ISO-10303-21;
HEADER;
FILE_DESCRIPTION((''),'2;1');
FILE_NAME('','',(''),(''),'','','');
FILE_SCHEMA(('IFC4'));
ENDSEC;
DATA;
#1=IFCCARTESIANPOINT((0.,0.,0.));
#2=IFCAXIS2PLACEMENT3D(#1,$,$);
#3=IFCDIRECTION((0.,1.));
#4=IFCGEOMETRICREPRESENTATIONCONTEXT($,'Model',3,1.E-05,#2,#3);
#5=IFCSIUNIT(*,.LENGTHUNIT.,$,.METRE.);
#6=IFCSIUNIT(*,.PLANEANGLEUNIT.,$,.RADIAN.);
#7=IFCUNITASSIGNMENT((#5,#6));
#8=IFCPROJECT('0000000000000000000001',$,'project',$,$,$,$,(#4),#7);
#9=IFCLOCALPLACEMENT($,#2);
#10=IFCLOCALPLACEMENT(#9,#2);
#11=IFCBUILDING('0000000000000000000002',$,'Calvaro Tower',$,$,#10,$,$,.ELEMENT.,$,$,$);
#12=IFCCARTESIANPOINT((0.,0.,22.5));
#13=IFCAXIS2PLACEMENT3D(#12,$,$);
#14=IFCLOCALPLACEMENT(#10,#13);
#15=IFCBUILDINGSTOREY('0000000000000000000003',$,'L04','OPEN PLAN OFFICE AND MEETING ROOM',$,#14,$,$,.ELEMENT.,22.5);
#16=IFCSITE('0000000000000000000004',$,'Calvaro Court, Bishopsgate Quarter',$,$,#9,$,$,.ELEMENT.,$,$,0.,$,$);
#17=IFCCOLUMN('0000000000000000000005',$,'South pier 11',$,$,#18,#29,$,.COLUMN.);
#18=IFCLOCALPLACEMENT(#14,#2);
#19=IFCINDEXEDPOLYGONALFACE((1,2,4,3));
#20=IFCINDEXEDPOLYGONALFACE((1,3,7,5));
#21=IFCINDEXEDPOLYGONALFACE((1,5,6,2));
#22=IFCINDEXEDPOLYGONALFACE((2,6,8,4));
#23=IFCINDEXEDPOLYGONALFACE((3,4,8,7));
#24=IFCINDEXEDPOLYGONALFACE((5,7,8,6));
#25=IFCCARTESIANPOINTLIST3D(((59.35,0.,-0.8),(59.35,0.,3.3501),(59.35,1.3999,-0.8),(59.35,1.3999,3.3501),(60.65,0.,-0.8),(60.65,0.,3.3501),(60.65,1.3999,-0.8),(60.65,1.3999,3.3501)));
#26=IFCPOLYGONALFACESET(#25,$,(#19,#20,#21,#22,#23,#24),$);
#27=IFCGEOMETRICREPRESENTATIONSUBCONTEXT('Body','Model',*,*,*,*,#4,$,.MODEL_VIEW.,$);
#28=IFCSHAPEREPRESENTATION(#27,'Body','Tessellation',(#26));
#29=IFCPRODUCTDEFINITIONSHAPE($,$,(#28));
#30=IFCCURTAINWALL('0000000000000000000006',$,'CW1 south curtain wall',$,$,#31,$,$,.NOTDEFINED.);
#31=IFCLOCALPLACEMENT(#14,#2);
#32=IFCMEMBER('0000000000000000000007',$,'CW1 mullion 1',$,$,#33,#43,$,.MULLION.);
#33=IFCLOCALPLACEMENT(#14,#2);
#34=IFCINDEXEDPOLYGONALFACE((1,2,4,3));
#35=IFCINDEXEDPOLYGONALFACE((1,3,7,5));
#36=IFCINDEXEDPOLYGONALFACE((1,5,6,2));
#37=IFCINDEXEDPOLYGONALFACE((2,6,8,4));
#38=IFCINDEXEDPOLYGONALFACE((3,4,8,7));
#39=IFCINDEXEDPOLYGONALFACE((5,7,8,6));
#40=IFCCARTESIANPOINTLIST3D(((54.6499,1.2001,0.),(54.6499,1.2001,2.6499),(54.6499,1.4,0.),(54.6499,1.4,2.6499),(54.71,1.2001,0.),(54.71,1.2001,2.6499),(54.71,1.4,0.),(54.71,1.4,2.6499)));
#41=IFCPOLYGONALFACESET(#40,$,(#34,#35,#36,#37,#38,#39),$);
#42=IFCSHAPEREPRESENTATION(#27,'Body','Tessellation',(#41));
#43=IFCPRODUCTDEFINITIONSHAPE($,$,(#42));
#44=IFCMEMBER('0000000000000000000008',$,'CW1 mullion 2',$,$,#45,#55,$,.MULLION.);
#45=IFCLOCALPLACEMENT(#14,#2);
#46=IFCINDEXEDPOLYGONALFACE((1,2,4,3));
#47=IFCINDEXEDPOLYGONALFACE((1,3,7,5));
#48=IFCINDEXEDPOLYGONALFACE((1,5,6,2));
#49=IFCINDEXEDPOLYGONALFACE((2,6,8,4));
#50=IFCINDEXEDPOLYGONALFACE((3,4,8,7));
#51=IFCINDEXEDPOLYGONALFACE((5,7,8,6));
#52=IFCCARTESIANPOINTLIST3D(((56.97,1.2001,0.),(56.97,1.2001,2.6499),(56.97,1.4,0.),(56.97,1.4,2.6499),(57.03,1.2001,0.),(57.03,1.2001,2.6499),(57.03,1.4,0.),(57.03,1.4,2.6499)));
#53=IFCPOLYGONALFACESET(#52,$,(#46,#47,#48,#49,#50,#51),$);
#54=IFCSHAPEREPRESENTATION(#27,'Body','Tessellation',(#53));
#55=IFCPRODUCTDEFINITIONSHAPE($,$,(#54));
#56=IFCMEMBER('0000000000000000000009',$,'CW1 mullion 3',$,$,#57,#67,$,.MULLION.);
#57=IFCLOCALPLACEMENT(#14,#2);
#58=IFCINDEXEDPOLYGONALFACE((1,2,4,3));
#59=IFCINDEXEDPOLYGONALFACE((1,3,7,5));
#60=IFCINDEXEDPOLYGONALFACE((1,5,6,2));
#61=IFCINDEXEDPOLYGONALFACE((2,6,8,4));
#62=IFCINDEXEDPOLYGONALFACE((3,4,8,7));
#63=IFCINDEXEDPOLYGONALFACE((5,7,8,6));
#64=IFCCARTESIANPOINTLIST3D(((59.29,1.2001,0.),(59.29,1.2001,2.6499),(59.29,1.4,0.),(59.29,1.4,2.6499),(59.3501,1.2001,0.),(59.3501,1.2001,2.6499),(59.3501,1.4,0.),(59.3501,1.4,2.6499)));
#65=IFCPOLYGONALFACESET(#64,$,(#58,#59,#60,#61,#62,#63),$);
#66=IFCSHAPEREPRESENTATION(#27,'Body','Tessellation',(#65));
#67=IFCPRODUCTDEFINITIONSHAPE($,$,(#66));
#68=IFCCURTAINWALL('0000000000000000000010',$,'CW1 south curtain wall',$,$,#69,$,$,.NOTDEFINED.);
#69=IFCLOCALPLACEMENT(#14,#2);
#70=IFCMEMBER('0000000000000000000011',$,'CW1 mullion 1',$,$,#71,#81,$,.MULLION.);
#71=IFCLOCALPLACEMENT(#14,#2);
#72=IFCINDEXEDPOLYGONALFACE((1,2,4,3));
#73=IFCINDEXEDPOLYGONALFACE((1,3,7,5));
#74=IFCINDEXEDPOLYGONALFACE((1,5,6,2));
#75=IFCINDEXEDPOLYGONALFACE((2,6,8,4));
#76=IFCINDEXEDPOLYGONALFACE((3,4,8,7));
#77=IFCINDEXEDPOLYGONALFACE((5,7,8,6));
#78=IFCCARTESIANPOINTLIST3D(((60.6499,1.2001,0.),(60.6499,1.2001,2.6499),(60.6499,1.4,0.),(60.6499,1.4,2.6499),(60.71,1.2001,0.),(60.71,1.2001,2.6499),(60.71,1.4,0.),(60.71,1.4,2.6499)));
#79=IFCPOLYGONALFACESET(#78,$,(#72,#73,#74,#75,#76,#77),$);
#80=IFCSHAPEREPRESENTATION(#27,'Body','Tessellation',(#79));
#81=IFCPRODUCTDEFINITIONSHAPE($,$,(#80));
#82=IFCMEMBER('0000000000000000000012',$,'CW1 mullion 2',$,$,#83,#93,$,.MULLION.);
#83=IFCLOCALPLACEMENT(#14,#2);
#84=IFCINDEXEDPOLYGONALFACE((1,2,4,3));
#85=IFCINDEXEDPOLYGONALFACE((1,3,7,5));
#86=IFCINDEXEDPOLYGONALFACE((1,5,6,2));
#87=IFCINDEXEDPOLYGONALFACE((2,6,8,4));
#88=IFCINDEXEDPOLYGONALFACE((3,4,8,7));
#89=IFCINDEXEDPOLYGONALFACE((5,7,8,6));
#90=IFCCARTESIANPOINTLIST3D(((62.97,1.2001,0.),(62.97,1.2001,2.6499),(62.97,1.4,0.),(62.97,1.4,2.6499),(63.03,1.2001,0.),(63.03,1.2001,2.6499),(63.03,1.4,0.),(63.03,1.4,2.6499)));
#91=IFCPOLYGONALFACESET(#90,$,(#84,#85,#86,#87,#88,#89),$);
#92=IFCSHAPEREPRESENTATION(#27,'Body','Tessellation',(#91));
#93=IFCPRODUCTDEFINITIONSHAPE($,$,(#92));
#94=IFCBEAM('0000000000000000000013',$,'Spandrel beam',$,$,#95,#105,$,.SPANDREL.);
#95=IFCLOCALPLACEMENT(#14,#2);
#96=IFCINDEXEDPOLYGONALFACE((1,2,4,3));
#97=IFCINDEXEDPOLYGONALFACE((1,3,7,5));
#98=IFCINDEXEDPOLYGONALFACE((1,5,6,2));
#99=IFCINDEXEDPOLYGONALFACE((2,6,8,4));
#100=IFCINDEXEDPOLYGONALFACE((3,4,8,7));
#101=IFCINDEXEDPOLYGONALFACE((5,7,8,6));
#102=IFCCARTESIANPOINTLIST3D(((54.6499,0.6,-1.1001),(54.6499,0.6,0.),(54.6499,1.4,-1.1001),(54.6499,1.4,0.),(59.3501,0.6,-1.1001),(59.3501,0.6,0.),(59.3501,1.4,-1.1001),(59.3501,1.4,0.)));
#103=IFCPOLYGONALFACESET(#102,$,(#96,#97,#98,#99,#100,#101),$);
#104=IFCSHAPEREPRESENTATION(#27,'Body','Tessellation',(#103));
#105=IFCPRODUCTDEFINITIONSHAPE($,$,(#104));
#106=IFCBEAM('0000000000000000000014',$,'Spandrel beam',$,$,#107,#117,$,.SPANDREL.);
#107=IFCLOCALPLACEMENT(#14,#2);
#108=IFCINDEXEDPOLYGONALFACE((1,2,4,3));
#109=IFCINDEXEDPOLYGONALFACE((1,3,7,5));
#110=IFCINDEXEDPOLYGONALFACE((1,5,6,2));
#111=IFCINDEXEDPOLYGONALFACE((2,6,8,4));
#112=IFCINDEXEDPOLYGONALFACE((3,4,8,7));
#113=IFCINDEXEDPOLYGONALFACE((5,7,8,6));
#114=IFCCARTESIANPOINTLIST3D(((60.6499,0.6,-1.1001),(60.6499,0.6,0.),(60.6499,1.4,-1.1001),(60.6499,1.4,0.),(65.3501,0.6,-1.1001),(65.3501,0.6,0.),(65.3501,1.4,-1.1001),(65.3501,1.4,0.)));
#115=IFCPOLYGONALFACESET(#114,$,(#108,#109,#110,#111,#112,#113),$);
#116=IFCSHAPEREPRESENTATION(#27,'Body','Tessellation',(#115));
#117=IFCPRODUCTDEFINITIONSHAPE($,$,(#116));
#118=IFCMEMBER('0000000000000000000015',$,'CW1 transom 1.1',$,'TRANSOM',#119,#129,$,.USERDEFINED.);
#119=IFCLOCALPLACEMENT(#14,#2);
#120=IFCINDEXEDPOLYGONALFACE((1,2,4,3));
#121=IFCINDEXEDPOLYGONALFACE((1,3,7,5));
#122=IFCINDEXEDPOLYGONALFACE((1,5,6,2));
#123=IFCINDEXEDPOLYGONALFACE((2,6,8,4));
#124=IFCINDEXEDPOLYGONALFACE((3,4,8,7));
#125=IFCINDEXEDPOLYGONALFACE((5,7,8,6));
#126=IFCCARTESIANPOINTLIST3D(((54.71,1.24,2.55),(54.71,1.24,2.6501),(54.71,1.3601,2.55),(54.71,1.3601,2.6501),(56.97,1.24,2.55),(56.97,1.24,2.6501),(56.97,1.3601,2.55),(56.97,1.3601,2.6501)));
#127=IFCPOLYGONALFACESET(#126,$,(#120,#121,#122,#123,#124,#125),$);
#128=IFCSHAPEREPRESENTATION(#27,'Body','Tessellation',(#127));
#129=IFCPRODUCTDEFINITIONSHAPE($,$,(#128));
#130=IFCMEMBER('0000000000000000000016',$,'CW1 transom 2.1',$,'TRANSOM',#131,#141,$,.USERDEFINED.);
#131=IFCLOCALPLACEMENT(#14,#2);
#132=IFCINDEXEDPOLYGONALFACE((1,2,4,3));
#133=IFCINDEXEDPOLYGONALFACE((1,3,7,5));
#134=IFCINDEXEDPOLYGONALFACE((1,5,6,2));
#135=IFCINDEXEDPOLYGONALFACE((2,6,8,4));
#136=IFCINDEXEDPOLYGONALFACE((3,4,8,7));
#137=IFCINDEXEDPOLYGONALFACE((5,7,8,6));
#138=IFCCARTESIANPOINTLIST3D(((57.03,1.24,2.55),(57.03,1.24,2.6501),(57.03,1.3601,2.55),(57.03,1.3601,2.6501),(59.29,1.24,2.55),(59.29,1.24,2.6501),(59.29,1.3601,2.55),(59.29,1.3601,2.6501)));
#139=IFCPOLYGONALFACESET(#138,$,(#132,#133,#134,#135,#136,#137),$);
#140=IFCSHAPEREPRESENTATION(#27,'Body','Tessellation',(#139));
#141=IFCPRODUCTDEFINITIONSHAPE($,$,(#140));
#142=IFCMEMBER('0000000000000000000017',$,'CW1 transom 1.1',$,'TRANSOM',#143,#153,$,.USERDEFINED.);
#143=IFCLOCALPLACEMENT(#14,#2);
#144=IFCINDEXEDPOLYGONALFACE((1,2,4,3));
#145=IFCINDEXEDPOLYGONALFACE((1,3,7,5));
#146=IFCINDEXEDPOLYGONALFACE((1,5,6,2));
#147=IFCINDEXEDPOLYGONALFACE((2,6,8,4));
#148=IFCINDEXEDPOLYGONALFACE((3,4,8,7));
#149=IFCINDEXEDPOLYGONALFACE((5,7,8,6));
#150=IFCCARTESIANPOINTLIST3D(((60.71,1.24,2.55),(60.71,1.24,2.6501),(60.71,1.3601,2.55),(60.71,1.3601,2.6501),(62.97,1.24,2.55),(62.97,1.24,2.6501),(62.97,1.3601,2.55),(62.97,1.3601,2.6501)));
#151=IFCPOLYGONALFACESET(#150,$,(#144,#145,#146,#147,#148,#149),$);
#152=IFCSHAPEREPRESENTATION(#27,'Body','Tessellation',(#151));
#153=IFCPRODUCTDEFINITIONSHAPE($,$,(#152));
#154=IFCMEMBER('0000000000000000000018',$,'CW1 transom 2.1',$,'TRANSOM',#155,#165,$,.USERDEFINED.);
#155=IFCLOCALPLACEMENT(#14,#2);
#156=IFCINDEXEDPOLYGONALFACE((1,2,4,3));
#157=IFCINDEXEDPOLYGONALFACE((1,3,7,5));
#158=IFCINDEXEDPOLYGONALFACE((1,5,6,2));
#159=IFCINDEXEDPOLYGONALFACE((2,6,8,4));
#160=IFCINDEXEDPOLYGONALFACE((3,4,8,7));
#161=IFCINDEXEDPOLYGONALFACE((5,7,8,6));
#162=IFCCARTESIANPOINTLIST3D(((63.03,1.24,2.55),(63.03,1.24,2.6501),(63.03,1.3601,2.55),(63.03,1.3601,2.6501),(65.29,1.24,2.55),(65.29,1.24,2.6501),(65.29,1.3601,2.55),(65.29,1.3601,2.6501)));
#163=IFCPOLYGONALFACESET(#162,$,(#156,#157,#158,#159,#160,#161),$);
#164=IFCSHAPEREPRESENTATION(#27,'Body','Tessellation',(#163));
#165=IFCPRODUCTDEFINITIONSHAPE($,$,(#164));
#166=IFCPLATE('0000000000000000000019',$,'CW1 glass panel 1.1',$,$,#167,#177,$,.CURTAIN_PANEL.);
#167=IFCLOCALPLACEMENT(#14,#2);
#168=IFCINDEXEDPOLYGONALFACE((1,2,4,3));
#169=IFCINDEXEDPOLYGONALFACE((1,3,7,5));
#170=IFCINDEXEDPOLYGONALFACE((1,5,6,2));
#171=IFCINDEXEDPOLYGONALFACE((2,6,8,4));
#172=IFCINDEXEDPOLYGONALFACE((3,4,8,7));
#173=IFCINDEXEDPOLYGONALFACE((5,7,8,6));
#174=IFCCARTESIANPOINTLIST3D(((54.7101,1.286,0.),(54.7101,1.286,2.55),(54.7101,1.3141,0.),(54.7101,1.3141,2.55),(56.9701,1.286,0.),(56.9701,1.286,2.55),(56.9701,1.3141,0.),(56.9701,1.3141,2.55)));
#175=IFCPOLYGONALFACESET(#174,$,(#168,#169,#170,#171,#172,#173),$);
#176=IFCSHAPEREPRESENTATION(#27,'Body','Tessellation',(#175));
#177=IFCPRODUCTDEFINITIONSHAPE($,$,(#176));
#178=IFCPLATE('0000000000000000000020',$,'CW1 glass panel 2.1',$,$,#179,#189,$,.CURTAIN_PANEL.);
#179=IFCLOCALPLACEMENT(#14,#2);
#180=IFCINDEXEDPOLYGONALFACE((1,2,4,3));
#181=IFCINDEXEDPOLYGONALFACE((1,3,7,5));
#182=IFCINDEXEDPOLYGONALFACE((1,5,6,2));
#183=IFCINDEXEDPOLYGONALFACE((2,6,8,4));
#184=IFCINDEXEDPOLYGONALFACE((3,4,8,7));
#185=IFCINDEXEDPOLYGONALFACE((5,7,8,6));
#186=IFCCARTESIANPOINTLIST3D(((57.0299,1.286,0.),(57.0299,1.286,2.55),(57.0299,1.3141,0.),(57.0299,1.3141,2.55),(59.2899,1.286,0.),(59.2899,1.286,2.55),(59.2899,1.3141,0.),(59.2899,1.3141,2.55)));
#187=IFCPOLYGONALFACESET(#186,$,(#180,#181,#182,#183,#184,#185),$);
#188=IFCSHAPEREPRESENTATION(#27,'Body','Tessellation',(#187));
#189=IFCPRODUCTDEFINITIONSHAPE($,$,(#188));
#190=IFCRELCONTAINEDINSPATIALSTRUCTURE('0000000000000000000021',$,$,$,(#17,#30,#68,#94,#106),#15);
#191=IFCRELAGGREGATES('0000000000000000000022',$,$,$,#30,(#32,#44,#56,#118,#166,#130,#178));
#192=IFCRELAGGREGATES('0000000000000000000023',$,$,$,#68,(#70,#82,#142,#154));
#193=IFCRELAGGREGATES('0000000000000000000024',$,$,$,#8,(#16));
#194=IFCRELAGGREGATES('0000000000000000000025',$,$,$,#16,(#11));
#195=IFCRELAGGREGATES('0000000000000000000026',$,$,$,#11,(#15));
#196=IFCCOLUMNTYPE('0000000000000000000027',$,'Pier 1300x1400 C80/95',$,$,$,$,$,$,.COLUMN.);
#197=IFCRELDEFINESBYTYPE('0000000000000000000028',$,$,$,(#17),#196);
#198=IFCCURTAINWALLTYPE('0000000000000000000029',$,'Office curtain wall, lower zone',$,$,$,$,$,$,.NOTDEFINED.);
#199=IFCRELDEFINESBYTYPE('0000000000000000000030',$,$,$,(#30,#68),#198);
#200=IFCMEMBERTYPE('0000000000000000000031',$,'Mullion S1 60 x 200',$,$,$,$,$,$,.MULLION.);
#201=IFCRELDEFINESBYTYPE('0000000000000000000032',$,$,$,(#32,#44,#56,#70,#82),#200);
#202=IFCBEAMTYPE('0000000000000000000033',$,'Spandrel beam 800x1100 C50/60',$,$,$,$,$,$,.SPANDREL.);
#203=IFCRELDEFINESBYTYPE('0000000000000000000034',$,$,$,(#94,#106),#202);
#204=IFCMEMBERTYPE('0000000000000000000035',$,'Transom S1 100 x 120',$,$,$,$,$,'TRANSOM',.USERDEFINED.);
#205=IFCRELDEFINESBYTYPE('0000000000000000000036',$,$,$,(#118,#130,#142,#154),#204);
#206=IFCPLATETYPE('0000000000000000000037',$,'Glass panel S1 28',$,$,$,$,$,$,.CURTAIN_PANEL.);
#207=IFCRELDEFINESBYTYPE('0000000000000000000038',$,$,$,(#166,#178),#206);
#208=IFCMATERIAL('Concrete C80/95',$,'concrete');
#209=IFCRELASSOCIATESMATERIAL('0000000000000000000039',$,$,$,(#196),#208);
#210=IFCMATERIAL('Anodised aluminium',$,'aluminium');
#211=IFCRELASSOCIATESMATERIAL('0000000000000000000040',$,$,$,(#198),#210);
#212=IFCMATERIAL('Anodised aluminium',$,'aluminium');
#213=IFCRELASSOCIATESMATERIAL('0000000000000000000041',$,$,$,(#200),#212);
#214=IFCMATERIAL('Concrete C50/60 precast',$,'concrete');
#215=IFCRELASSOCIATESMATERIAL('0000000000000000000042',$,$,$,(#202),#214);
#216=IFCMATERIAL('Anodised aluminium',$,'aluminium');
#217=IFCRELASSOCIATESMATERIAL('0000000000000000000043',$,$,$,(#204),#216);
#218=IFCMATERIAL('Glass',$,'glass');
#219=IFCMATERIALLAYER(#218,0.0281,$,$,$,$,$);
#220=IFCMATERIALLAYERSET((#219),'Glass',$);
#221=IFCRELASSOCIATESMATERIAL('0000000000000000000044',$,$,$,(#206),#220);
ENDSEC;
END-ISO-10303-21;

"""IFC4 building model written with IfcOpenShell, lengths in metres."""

from ifc_helpers import new_model, si_unit, direction, frame, origin, origin_2d, place, context, subcontext, project, spatial, rectangle, extrude, material, layer, layer_set, material_profile, profile_set, type_object, element, aggregate, save


model = new_model("IFC4")

# Units and contexts
model_context = context("Model", 3, precision=1e-05, world=origin(), true_north=direction((0.0, 1.0)))
body_context = subcontext(model_context, "Body", "Model", "MODEL_VIEW")
ifc_project = project(units=[si_unit("LENGTHUNIT", "METRE"), si_unit("PLANEANGLEUNIT", "RADIAN")], contexts=[model_context])

# Site, building, storey
site_placement = place(None, origin())
site = spatial("IfcSite", under=ifc_project, at=site_placement, Name="Calvaro Court, Bishopsgate Quarter", CompositionType="ELEMENT", RefElevation=0.0)
building_placement = place(site_placement, origin())
building = spatial("IfcBuilding", under=site, at=building_placement, Name="Calvaro Tower", CompositionType="ELEMENT")
storey_placement = place(building_placement, frame((0.0, 0.0, 22.5)))
storey = spatial("IfcBuildingStorey", under=building, at=storey_placement, Name="L04", Description="OPEN PLAN OFFICE AND MEETING ROOM", CompositionType="ELEMENT", Elevation=22.5)

# Column
ifc_material_1 = material(Name="Concrete C80/95", Category="concrete")
ifc_material_profile_1 = material_profile(ifc_material_1, rectangle(XDim=1.3, YDim=1.3999, at=origin_2d()), Name="RC 1300x1400")
ifc_profile_set_1 = profile_set([ifc_material_profile_1], Name="Concrete C80/95")
column_type = type_object("IfcColumnType", Name="Pier 1300x1400 C80/95", PredefinedType="COLUMN", material=ifc_profile_set_1)
column_placement = place(storey_placement, frame((60.0, 0.7, -0.8), z_axis=(0.0, 0.0, 1.0), x_axis=(1.0, 0.0, 0.0)))
element("IfcColumn", 1, at=column_placement, inside=storey, type_object=column_type, Name="South pier 11", PredefinedType="COLUMN", context=body_context, shape_type="SweptSolid", body=[
    extrude(rectangle(XDim=1.3, YDim=1.3999, at=origin_2d()), origin(), (0.0, 0.0, 1.0), 4.1501),
])

# Curtain walls, members
ifc_material_2 = material(Name="Anodised aluminium", Category="aluminium")
curtain_wall_type = type_object("IfcCurtainWallType", Name="Office curtain wall, lower zone", PredefinedType="NOTDEFINED", material=ifc_material_2)
curtain_wall_1_placement = place(storey_placement, origin())
curtain_wall_1 = element("IfcCurtainWall", 2, at=curtain_wall_1_placement, inside=storey, type_object=curtain_wall_type, Name="CW1 south curtain wall", PredefinedType="NOTDEFINED")
ifc_material_3 = material(Name="Anodised aluminium", Category="aluminium")
ifc_material_profile_2 = material_profile(ifc_material_3, rectangle(XDim=0.2, YDim=0.0601, at=origin_2d()), Name="Mullion S1 60 x 200")
ifc_profile_set_2 = profile_set([ifc_material_profile_2], Name="Anodised aluminium")
member_type_1 = type_object("IfcMemberType", Name="Mullion S1 60 x 200", PredefinedType="MULLION", material=ifc_profile_set_2)
member_1_placement = place(storey_placement, frame((54.6799, 1.3, 0.0), z_axis=(0.0, 0.0, 1.0), x_axis=(0.0, 1.0, 0.0)))
member_1 = element("IfcMember", 3, at=member_1_placement, type_object=member_type_1, Name="CW1 mullion 1", PredefinedType="MULLION", context=body_context, shape_type="SweptSolid", body=[
    extrude(rectangle(XDim=0.2, YDim=0.0601, at=origin_2d()), origin(), (0.0, 0.0, 1.0), 2.6499),
])
member_2_placement = place(storey_placement, frame((57.0, 1.3, 0.0), z_axis=(0.0, 0.0, 1.0), x_axis=(0.0, 1.0, 0.0)))
member_2 = element("IfcMember", 4, at=member_2_placement, type_object=member_type_1, Name="CW1 mullion 2", PredefinedType="MULLION", context=body_context, shape_type="SweptSolid", body=[
    extrude(rectangle(XDim=0.2, YDim=0.0601, at=origin_2d()), origin(), (0.0, 0.0, 1.0), 2.6499),
])
member_3_placement = place(storey_placement, frame((59.3201, 1.3, 0.0), z_axis=(0.0, 0.0, 1.0), x_axis=(0.0, 1.0, 0.0)))
member_3 = element("IfcMember", 5, at=member_3_placement, type_object=member_type_1, Name="CW1 mullion 3", PredefinedType="MULLION", context=body_context, shape_type="SweptSolid", body=[
    extrude(rectangle(XDim=0.2, YDim=0.0601, at=origin_2d()), origin(), (0.0, 0.0, 1.0), 2.6499),
])
curtain_wall_2_placement = place(storey_placement, origin())
curtain_wall_2 = element("IfcCurtainWall", 6, at=curtain_wall_2_placement, inside=storey, type_object=curtain_wall_type, Name="CW1 south curtain wall", PredefinedType="NOTDEFINED")
member_4_placement = place(storey_placement, frame((60.6799, 1.3, 0.0), z_axis=(0.0, 0.0, 1.0), x_axis=(0.0, 1.0, 0.0)))
member_4 = element("IfcMember", 7, at=member_4_placement, type_object=member_type_1, Name="CW1 mullion 1", PredefinedType="MULLION", context=body_context, shape_type="SweptSolid", body=[
    extrude(rectangle(XDim=0.2, YDim=0.0601, at=origin_2d()), origin(), (0.0, 0.0, 1.0), 2.6499),
])
member_5_placement = place(storey_placement, frame((63.0, 1.3, 0.0), z_axis=(0.0, 0.0, 1.0), x_axis=(0.0, 1.0, 0.0)))
member_5 = element("IfcMember", 8, at=member_5_placement, type_object=member_type_1, Name="CW1 mullion 2", PredefinedType="MULLION", context=body_context, shape_type="SweptSolid", body=[
    extrude(rectangle(XDim=0.2, YDim=0.0601, at=origin_2d()), origin(), (0.0, 0.0, 1.0), 2.6499),
])

# Beams
ifc_material_4 = material(Name="Concrete C50/60 precast", Category="concrete")
ifc_material_profile_3 = material_profile(ifc_material_4, rectangle(XDim=0.8, YDim=1.1001, at=origin_2d()), Name="RC 800x1100")
ifc_profile_set_3 = profile_set([ifc_material_profile_3], Name="Concrete C50/60 precast")
beam_type = type_object("IfcBeamType", Name="Spandrel beam 800x1100 C50/60", PredefinedType="SPANDREL", material=ifc_profile_set_3)
for number, where, z_axis, x_axis, name in (
    (9, (54.6499, 1.0, -0.55), (1.0, 0.0, 0.0), (0.0, 1.0, 0.0), "Spandrel beam"),
    (10, (60.6499, 1.0, -0.55), (1.0, 0.0, 0.0), (0.0, 1.0, 0.0), "Spandrel beam"),
):
    element("IfcBeam", number, at=place(storey_placement, frame(where, z_axis=z_axis, x_axis=x_axis)), inside=storey, type_object=beam_type, Name=name, PredefinedType="SPANDREL", context=body_context, shape_type="SweptSolid", body=[
        extrude(rectangle(XDim=0.8, YDim=1.1001, at=origin_2d()), origin(), (0.0, 0.0, 1.0), 4.7002),
    ])

# Members
ifc_material_5 = material(Name="Anodised aluminium", Category="aluminium")
ifc_material_profile_4 = material_profile(ifc_material_5, rectangle(XDim=0.1201, YDim=0.1001, at=origin_2d()), Name="Transom S1 100 x 120")
ifc_profile_set_4 = profile_set([ifc_material_profile_4], Name="Anodised aluminium")
member_type_2 = type_object("IfcMemberType", Name="Transom S1 100 x 120", ElementType="TRANSOM", PredefinedType="USERDEFINED", material=ifc_profile_set_4)
member_6_placement = place(storey_placement, frame((54.71, 1.3, 2.6001), z_axis=(1.0, 0.0, 0.0), x_axis=(0.0, 1.0, 0.0)))
member_6 = element("IfcMember", 11, at=member_6_placement, type_object=member_type_2, Name="CW1 transom 1.1", ObjectType="TRANSOM", PredefinedType="USERDEFINED", context=body_context, shape_type="SweptSolid", body=[
    extrude(rectangle(XDim=0.1201, YDim=0.1001, at=origin_2d()), origin(), (0.0, 0.0, 1.0), 2.26),
])
member_7_placement = place(storey_placement, frame((57.03, 1.3, 2.6001), z_axis=(1.0, 0.0, 0.0), x_axis=(0.0, 1.0, 0.0)))
member_7 = element("IfcMember", 12, at=member_7_placement, type_object=member_type_2, Name="CW1 transom 2.1", ObjectType="TRANSOM", PredefinedType="USERDEFINED", context=body_context, shape_type="SweptSolid", body=[
    extrude(rectangle(XDim=0.1201, YDim=0.1001, at=origin_2d()), origin(), (0.0, 0.0, 1.0), 2.26),
])
member_8_placement = place(storey_placement, frame((60.71, 1.3, 2.6001), z_axis=(1.0, 0.0, 0.0), x_axis=(0.0, 1.0, 0.0)))
member_8 = element("IfcMember", 13, at=member_8_placement, type_object=member_type_2, Name="CW1 transom 1.1", ObjectType="TRANSOM", PredefinedType="USERDEFINED", context=body_context, shape_type="SweptSolid", body=[
    extrude(rectangle(XDim=0.1201, YDim=0.1001, at=origin_2d()), origin(), (0.0, 0.0, 1.0), 2.26),
])
member_9_placement = place(storey_placement, frame((63.03, 1.3, 2.6001), z_axis=(1.0, 0.0, 0.0), x_axis=(0.0, 1.0, 0.0)))
member_9 = element("IfcMember", 14, at=member_9_placement, type_object=member_type_2, Name="CW1 transom 2.1", ObjectType="TRANSOM", PredefinedType="USERDEFINED", context=body_context, shape_type="SweptSolid", body=[
    extrude(rectangle(XDim=0.1201, YDim=0.1001, at=origin_2d()), origin(), (0.0, 0.0, 1.0), 2.26),
])

# Plates
ifc_material_6 = material(Name="Glass", Category="glass")
ifc_layer_1 = layer(ifc_material_6, 0.0281)
ifc_layer_set_1 = layer_set([ifc_layer_1], Name="Glass")
plate_type = type_object("IfcPlateType", Name="Glass panel S1 28", PredefinedType="CURTAIN_PANEL", material=ifc_layer_set_1)
plate_1_placement = place(storey_placement, frame((55.8401, 1.3, 0.0), z_axis=(0.0, 0.0, 1.0), x_axis=(1.0, 0.0, 0.0)))
plate_1 = element("IfcPlate", 15, at=plate_1_placement, type_object=plate_type, Name="CW1 glass panel 1.1", PredefinedType="CURTAIN_PANEL", context=body_context, shape_type="SweptSolid", body=[
    extrude(rectangle(XDim=2.26, YDim=0.0281, at=origin_2d()), origin(), (0.0, 0.0, 1.0), 2.55),
])
plate_2_placement = place(storey_placement, frame((58.1599, 1.3, 0.0), z_axis=(0.0, 0.0, 1.0), x_axis=(1.0, 0.0, 0.0)))
plate_2 = element("IfcPlate", 16, at=plate_2_placement, type_object=plate_type, Name="CW1 glass panel 2.1", PredefinedType="CURTAIN_PANEL", context=body_context, shape_type="SweptSolid", body=[
    extrude(rectangle(XDim=2.26, YDim=0.0281, at=origin_2d()), origin(), (0.0, 0.0, 1.0), 2.55),
])
aggregate(curtain_wall_1, [member_1, member_2, member_3, member_6, plate_1, member_7, plate_2])
aggregate(curtain_wall_2, [member_4, member_5, member_8, member_9])

save(model, "model.ifc")
